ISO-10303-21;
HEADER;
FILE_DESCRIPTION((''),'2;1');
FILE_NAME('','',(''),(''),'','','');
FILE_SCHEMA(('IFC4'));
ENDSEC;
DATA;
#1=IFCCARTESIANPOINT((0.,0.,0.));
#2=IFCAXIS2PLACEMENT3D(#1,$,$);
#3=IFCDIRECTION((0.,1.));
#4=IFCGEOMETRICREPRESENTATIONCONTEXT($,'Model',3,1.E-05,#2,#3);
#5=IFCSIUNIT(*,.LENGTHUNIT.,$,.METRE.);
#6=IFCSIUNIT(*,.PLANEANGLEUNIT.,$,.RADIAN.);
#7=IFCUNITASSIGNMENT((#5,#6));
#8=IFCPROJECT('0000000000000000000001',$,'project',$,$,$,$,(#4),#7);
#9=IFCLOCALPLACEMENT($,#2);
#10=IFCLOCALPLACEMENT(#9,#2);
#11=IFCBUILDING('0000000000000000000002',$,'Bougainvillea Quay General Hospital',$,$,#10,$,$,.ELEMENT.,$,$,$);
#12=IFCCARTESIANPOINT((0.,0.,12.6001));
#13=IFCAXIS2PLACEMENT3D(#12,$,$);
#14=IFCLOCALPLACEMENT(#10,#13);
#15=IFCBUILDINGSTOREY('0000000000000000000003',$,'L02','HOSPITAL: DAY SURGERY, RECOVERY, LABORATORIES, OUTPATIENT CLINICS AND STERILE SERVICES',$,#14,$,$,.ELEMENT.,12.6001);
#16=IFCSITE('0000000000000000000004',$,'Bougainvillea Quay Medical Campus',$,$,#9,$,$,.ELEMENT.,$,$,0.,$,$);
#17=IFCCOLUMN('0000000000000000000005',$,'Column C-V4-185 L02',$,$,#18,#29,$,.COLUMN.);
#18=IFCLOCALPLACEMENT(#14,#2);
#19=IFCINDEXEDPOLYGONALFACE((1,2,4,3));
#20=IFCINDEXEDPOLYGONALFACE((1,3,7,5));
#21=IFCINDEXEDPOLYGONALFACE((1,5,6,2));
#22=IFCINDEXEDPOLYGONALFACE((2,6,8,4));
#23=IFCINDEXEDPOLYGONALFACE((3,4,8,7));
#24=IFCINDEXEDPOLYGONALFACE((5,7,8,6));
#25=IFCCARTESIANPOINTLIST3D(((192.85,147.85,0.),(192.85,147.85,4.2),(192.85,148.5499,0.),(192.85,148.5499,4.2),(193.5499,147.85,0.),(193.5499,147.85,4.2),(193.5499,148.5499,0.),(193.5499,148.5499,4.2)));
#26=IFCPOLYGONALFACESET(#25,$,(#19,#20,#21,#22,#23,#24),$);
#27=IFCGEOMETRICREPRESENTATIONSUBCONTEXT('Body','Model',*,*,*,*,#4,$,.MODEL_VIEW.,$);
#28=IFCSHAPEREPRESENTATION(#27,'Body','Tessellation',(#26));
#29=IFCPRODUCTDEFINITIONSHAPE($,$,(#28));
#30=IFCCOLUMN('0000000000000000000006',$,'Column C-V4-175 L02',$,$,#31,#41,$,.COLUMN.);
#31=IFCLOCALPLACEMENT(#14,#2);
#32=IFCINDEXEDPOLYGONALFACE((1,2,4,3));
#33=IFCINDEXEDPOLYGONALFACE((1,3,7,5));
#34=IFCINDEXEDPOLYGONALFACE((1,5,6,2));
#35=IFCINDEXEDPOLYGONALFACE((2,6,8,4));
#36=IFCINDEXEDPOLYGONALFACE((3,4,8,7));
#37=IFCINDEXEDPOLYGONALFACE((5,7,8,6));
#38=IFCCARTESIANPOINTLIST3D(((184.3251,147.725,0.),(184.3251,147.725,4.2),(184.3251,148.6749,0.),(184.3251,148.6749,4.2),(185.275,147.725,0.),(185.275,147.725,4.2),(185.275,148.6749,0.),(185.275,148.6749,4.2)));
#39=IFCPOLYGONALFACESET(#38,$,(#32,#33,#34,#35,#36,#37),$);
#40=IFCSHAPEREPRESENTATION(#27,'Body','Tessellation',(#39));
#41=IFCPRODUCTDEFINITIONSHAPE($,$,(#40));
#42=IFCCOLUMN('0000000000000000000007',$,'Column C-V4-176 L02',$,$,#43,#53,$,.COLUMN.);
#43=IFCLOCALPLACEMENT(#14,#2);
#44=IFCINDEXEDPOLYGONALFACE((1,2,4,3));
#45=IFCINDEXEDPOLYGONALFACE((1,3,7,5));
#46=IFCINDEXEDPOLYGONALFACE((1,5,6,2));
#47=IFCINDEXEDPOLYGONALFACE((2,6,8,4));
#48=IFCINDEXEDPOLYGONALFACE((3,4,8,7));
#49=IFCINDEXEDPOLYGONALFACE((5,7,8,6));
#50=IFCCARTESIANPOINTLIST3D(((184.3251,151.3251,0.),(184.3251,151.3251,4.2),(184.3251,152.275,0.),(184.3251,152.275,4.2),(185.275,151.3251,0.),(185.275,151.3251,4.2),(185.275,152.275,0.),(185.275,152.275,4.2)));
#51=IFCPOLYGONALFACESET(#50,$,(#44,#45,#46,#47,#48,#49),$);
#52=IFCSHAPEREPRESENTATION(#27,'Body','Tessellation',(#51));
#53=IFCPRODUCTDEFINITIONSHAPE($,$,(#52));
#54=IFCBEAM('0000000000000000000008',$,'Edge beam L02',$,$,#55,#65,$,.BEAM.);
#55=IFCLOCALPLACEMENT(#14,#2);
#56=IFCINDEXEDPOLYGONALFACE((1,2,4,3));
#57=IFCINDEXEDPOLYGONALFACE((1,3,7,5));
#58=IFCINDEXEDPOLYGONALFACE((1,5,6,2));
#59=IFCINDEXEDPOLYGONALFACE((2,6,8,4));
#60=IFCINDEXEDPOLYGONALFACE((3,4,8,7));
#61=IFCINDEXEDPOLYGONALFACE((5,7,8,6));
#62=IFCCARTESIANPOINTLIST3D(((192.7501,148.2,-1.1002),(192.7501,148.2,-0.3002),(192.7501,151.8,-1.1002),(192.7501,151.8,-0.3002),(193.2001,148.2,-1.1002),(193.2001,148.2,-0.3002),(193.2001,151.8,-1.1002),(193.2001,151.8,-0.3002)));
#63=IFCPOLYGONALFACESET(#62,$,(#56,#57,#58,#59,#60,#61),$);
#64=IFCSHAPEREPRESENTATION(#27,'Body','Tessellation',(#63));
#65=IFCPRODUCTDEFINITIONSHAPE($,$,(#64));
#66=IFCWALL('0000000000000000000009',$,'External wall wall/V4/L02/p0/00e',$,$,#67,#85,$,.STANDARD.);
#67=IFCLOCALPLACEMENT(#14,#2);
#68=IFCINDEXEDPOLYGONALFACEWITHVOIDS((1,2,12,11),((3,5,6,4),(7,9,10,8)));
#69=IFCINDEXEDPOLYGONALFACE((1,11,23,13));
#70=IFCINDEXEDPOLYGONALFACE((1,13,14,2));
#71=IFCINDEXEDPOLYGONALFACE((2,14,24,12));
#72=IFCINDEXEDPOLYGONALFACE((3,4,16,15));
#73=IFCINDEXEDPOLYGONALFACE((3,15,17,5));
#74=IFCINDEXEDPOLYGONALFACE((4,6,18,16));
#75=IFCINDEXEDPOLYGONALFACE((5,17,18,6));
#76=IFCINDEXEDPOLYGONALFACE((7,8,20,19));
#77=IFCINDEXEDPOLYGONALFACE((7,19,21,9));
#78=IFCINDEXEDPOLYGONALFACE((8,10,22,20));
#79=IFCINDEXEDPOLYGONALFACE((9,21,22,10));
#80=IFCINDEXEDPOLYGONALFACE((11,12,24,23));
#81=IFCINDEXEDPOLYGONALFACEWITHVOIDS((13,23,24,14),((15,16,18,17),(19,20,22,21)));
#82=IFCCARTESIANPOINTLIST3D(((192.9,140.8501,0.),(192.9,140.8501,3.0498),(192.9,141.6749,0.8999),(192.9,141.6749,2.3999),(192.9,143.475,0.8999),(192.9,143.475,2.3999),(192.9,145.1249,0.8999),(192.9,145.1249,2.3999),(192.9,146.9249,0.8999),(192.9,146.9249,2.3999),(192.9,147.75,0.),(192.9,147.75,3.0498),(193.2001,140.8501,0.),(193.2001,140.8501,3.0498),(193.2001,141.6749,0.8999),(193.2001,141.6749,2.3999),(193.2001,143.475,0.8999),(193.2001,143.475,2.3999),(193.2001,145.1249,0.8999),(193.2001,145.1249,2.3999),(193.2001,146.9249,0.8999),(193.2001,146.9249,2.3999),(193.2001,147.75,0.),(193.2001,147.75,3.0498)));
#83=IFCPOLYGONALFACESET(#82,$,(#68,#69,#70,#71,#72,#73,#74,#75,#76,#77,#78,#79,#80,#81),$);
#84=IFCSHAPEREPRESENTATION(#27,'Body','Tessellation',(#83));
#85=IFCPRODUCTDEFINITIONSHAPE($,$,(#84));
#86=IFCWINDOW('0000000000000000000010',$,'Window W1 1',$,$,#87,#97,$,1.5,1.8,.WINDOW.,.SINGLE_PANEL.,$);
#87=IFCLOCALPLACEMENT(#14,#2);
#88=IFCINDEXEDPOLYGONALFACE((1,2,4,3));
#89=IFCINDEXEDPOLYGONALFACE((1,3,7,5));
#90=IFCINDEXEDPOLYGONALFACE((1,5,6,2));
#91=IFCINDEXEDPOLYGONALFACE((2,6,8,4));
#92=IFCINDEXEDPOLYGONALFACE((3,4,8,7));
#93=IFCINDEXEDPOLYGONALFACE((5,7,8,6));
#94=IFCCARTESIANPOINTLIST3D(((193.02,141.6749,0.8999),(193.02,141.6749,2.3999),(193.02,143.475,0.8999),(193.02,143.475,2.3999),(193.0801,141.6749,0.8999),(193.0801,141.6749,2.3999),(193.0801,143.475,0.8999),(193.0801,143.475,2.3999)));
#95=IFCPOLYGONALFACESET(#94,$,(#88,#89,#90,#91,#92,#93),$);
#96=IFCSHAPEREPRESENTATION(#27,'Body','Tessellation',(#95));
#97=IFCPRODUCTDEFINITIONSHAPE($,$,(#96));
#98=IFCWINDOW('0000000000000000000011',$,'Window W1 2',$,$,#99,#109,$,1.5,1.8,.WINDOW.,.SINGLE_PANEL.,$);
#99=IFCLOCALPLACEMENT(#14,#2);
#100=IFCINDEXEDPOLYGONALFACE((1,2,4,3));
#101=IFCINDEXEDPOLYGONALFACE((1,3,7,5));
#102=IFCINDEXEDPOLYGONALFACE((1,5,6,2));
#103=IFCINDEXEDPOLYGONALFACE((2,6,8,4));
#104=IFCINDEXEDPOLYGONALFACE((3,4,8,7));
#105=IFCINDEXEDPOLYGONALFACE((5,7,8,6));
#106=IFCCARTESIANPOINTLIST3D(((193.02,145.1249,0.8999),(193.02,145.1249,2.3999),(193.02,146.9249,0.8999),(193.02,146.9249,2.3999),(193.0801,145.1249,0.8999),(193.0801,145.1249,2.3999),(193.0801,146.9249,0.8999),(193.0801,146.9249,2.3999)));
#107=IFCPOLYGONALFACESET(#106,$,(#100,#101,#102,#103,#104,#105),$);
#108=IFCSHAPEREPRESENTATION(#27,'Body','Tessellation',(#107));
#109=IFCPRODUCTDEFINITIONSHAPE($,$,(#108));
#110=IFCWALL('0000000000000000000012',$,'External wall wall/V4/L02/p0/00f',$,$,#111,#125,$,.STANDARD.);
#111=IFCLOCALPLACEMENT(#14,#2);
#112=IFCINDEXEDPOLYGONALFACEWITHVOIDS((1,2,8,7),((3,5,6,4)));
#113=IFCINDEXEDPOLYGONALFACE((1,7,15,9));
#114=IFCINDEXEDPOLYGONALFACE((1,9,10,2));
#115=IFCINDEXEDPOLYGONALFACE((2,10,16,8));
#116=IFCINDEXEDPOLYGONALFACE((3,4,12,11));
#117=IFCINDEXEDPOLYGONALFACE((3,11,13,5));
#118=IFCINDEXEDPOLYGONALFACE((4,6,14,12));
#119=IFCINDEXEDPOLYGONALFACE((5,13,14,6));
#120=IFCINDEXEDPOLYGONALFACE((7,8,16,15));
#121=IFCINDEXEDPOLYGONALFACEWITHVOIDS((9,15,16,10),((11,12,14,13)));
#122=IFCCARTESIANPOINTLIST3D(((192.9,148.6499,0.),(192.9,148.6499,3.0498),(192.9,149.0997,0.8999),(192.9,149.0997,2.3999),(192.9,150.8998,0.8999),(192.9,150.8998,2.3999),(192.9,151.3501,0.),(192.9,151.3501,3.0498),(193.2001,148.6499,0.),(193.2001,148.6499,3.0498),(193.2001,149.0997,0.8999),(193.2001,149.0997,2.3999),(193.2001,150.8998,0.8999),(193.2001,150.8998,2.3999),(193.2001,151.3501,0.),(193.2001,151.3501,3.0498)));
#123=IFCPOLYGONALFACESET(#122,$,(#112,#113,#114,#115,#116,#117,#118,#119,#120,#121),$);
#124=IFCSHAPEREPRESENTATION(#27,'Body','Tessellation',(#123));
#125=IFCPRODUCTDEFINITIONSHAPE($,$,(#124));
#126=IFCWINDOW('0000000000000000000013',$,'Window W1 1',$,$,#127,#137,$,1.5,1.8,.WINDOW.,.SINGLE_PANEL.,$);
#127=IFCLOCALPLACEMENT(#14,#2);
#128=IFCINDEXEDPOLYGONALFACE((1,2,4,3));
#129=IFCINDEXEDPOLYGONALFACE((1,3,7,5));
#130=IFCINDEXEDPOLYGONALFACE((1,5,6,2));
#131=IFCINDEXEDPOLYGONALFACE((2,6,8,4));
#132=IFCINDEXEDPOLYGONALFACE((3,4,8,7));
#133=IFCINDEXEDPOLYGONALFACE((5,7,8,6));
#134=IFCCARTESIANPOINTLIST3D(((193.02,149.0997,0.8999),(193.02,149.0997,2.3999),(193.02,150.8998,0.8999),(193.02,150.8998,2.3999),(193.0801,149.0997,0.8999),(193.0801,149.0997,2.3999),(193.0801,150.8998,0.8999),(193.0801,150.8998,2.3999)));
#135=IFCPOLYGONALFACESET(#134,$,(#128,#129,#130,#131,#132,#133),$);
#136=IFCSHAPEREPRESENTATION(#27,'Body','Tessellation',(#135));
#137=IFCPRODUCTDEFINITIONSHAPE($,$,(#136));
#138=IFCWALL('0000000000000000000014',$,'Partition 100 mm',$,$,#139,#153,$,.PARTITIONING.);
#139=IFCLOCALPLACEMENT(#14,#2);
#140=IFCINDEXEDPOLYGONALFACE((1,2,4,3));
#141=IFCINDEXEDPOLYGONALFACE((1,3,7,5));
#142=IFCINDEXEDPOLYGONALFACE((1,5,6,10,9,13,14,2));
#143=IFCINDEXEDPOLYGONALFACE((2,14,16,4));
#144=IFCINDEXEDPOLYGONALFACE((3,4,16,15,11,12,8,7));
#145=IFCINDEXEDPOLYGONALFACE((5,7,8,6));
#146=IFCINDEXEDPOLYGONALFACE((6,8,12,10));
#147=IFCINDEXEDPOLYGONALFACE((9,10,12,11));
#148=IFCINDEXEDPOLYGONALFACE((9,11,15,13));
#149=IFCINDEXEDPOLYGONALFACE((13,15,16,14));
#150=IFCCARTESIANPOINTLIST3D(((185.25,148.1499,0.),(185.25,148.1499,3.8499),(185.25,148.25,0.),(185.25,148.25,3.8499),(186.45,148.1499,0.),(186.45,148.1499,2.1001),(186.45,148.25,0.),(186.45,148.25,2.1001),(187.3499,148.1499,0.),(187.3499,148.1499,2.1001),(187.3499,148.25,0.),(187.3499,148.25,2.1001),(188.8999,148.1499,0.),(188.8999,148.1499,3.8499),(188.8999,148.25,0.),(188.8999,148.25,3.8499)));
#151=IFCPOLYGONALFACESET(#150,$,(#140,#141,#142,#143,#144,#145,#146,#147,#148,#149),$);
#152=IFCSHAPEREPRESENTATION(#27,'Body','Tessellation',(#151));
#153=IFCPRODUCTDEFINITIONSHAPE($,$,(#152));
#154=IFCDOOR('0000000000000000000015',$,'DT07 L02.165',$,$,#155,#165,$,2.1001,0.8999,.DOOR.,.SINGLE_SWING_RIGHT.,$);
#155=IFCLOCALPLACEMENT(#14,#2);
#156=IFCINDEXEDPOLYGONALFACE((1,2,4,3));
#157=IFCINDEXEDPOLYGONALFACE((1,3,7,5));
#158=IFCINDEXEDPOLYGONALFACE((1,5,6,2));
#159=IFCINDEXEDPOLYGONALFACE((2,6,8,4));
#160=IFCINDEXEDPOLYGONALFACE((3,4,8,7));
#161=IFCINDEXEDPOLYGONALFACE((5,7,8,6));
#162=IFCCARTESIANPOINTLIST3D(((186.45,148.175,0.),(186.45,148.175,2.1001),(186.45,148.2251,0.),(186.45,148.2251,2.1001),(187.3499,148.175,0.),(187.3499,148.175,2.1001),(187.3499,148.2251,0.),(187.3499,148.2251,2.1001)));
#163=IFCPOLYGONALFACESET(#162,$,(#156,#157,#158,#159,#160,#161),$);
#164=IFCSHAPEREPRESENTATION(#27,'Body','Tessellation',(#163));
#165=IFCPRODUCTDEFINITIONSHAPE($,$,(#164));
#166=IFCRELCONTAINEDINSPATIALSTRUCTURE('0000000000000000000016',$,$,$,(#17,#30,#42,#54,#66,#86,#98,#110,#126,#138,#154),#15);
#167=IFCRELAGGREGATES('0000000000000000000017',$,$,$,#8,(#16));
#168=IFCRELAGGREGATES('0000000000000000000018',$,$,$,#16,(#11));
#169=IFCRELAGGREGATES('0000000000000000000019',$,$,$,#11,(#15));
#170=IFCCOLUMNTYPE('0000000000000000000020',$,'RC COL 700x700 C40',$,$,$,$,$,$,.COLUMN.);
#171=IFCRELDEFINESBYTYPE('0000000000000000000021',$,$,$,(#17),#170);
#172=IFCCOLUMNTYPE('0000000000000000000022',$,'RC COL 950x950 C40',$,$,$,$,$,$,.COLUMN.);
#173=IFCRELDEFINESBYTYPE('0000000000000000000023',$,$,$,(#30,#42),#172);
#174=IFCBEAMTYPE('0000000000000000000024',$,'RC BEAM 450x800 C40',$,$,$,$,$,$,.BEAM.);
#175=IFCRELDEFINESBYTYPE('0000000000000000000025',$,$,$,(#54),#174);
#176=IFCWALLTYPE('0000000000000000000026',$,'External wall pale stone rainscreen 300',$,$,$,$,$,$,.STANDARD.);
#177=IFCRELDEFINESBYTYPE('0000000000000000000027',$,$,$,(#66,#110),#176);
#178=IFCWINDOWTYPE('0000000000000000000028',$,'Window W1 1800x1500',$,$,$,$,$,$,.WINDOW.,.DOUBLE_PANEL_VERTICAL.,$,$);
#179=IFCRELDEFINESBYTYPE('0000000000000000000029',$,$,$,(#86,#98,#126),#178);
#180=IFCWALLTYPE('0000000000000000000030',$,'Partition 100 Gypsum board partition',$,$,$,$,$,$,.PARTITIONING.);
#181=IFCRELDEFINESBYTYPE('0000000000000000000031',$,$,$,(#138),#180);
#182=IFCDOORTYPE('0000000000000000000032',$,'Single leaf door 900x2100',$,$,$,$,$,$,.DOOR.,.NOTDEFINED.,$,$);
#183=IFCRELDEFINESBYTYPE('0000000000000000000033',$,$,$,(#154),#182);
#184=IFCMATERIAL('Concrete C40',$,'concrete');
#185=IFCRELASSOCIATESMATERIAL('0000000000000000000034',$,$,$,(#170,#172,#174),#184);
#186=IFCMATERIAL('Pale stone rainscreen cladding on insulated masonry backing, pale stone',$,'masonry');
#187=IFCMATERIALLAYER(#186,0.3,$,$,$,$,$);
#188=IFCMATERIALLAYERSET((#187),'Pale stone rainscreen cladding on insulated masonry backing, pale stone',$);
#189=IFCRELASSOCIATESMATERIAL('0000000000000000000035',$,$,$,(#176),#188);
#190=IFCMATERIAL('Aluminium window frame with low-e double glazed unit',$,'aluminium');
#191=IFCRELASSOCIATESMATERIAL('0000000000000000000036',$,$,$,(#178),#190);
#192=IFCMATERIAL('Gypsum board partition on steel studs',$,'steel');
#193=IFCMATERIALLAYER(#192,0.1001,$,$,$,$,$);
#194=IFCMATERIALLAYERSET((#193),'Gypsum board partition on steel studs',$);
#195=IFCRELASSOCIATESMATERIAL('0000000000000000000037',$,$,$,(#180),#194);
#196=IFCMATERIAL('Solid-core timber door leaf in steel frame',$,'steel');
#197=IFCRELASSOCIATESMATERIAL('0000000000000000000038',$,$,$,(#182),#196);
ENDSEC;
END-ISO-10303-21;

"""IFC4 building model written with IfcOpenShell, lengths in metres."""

from ifc_helpers import new_model, si_unit, direction, frame, frame_2d, origin, origin_2d, place, context, subcontext, project, spatial, rectangle, extrude, material, layer, layer_set, material_profile, profile_set, type_object, element, fill, save


model = new_model("IFC4")

# Units and contexts
model_context = context("Model", 3, precision=1e-05, world=origin(), true_north=direction((0.0, 1.0)))
body_context = subcontext(model_context, "Body", "Model", "MODEL_VIEW")
ifc_project = project(units=[si_unit("LENGTHUNIT", "METRE"), si_unit("PLANEANGLEUNIT", "RADIAN")], contexts=[model_context])

# Site, building, storey
site_placement = place(None, origin())
site = spatial("IfcSite", under=ifc_project, at=site_placement, Name="Bougainvillea Quay Medical Campus", CompositionType="ELEMENT", RefElevation=0.0)
building_placement = place(site_placement, origin())
building = spatial("IfcBuilding", under=site, at=building_placement, Name="Bougainvillea Quay General Hospital", CompositionType="ELEMENT")
storey_placement = place(building_placement, frame((0.0, 0.0, 12.6001)))
storey = spatial("IfcBuildingStorey", under=building, at=storey_placement, Name="L02", Description="HOSPITAL: DAY SURGERY, RECOVERY, LABORATORIES, OUTPATIENT CLINICS AND STERILE SERVICES", CompositionType="ELEMENT", Elevation=12.6001)

# Columns
ifc_material_1 = material(Name="Concrete C40", Category="concrete")
ifc_material_profile_1 = material_profile(ifc_material_1, rectangle(XDim=0.7, YDim=0.7, at=origin_2d()))
ifc_profile_set_1 = profile_set([ifc_material_profile_1], Name="Concrete C40")
column_type_1 = type_object("IfcColumnType", Name="RC COL 700x700 C40", PredefinedType="COLUMN", material=ifc_profile_set_1)
column_placement = place(storey_placement, frame((193.2, 148.2, 0.0), z_axis=(0.0, 0.0, 1.0), x_axis=(1.0, 0.0, 0.0)))
element("IfcColumn", 1, at=column_placement, inside=storey, type_object=column_type_1, Name="Column C-V4-185 L02", PredefinedType="COLUMN", context=body_context, shape_type="SweptSolid", body=[
    extrude(rectangle(XDim=0.7, YDim=0.7, at=origin_2d()), origin(), (0.0, 0.0, 1.0), 4.2),
])
ifc_material_profile_2 = material_profile(ifc_material_1, rectangle(XDim=0.95, YDim=0.95, at=origin_2d()))
ifc_profile_set_2 = profile_set([ifc_material_profile_2], Name="Concrete C40")
column_type_2 = type_object("IfcColumnType", Name="RC COL 950x950 C40", PredefinedType="COLUMN", material=ifc_profile_set_2)
for number, where, z_axis, x_axis, name in (
    (2, (184.8, 148.2, 0.0), (0.0, 0.0, 1.0), (1.0, 0.0, 0.0), "Column C-V4-175 L02"),
    (3, (184.8, 151.8, 0.0), (0.0, 0.0, 1.0), (1.0, 0.0, 0.0), "Column C-V4-176 L02"),
):
    element("IfcColumn", number, at=place(storey_placement, frame(where, z_axis=z_axis, x_axis=x_axis)), inside=storey, type_object=column_type_2, Name=name, PredefinedType="COLUMN", context=body_context, shape_type="SweptSolid", body=[
        extrude(rectangle(XDim=0.95, YDim=0.95, at=origin_2d()), origin(), (0.0, 0.0, 1.0), 4.2),
    ])

# Beam
ifc_material_profile_3 = material_profile(ifc_material_1, rectangle(XDim=0.45, YDim=0.8, at=origin_2d()))
ifc_profile_set_3 = profile_set([ifc_material_profile_3], Name="Concrete C40")
beam_type = type_object("IfcBeamType", Name="RC BEAM 450x800 C40", PredefinedType="BEAM", material=ifc_profile_set_3)
beam_placement = place(storey_placement, frame((192.9751, 148.2, -0.7002), z_axis=(0.0, 1.0, 0.0), x_axis=(-1.0, 0.0, 0.0)))
element("IfcBeam", 4, at=beam_placement, inside=storey, type_object=beam_type, Name="Edge beam L02", PredefinedType="BEAM", context=body_context, shape_type="SweptSolid", body=[
    extrude(rectangle(XDim=0.45, YDim=0.8, at=origin_2d()), origin(), (0.0, 0.0, 1.0), 3.6001),
])

# Wall, openings, windows
ifc_material_2 = material(Name="Pale stone rainscreen cladding on insulated masonry backing, pale stone", Category="masonry")
ifc_layer_1 = layer(ifc_material_2, 0.3)
ifc_layer_set_1 = layer_set([ifc_layer_1], Name="Pale stone rainscreen cladding on insulated masonry backing, pale stone")
wall_type_1 = type_object("IfcWallType", Name="External wall pale stone rainscreen 300", PredefinedType="STANDARD", material=ifc_layer_set_1)
wall_1_placement = place(storey_placement, frame((193.05, 140.8501, 0.0), z_axis=(0.0, 0.0, 1.0), x_axis=(0.0, 1.0, 0.0)))
wall_1 = element("IfcWall", 5, at=wall_1_placement, inside=storey, type_object=wall_type_1, Name="External wall wall/V4/L02/p0/00e", PredefinedType="STANDARD", context=body_context, shape_type="SweptSolid", body=[
    extrude(rectangle(XDim=6.8999, YDim=0.3, at=frame_2d((3.45, 0.0))), origin(), (0.0, 0.0, 1.0), 3.0498),
])
opening_1_placement = place(wall_1_placement, frame((0.825, 0.0, 0.8999)))
opening_1 = element("IfcOpeningElement", 6, at=opening_1_placement, cuts=wall_1, PredefinedType="OPENING", context=body_context, shape_type="SweptSolid", body=[
    extrude(rectangle(XDim=1.8, YDim=1.5, at=frame_2d((0.8999, 0.75))), frame((0.0, 0.1599, 0.0), z_axis=(0.0, -1.0, 0.0), x_axis=(1.0, 0.0, 0.0)), (0.0, 0.0, 1.0), 0.3201),
])
opening_2_placement = place(wall_1_placement, frame((4.2749, 0.0, 0.8999)))
opening_2 = element("IfcOpeningElement", 7, at=opening_2_placement, cuts=wall_1, PredefinedType="OPENING", context=body_context, shape_type="SweptSolid", body=[
    extrude(rectangle(XDim=1.8, YDim=1.5, at=frame_2d((0.8999, 0.75))), frame((0.0, 0.1599, 0.0), z_axis=(0.0, -1.0, 0.0), x_axis=(1.0, 0.0, 0.0)), (0.0, 0.0, 1.0), 0.3201),
])
ifc_material_3 = material(Name="Aluminium window frame with low-e double glazed unit", Category="aluminium")
window_type = type_object("IfcWindowType", Name="Window W1 1800x1500", PartitioningType="DOUBLE_PANEL_VERTICAL", PredefinedType="WINDOW", material=ifc_material_3)
window_1_placement = place(opening_1_placement, origin())
window_1 = element("IfcWindow", 8, at=window_1_placement, inside=storey, type_object=window_type, Name="Window W1 1", OverallHeight=1.5, OverallWidth=1.8, PartitioningType="SINGLE_PANEL", PredefinedType="WINDOW", context=body_context, shape_type="SweptSolid", body=[
    extrude(rectangle(XDim=1.8, YDim=1.5, at=frame_2d((0.8999, 0.75))), frame((0.0, 0.03, 0.0), z_axis=(0.0, -1.0, 0.0), x_axis=(1.0, 0.0, 0.0)), (0.0, 0.0, 1.0), 0.0601),
])
fill(opening_1, window_1)
window_2_placement = place(opening_2_placement, origin())
window_2 = element("IfcWindow", 9, at=window_2_placement, inside=storey, type_object=window_type, Name="Window W1 2", OverallHeight=1.5, OverallWidth=1.8, PartitioningType="SINGLE_PANEL", PredefinedType="WINDOW", context=body_context, shape_type="SweptSolid", body=[
    extrude(rectangle(XDim=1.8, YDim=1.5, at=frame_2d((0.8999, 0.75))), frame((0.0, 0.03, 0.0), z_axis=(0.0, -1.0, 0.0), x_axis=(1.0, 0.0, 0.0)), (0.0, 0.0, 1.0), 0.0601),
])
fill(opening_2, window_2)

# Wall, opening, window
wall_2_placement = place(storey_placement, frame((193.05, 148.6499, 0.0), z_axis=(0.0, 0.0, 1.0), x_axis=(0.0, 1.0, 0.0)))
wall_2 = element("IfcWall", 10, at=wall_2_placement, inside=storey, type_object=wall_type_1, Name="External wall wall/V4/L02/p0/00f", PredefinedType="STANDARD", context=body_context, shape_type="SweptSolid", body=[
    extrude(rectangle(XDim=2.7002, YDim=0.3, at=frame_2d((1.3501, 0.0))), origin(), (0.0, 0.0, 1.0), 3.0498),
])
opening_3_placement = place(wall_2_placement, frame((0.45, 0.0, 0.8999)))
opening_3 = element("IfcOpeningElement", 11, at=opening_3_placement, cuts=wall_2, PredefinedType="OPENING", context=body_context, shape_type="SweptSolid", body=[
    extrude(rectangle(XDim=1.8, YDim=1.5, at=frame_2d((0.8999, 0.75))), frame((0.0, 0.1599, 0.0), z_axis=(0.0, -1.0, 0.0), x_axis=(1.0, 0.0, 0.0)), (0.0, 0.0, 1.0), 0.3201),
])
window_3_placement = place(opening_3_placement, origin())
window_3 = element("IfcWindow", 12, at=window_3_placement, inside=storey, type_object=window_type, Name="Window W1 1", OverallHeight=1.5, OverallWidth=1.8, PartitioningType="SINGLE_PANEL", PredefinedType="WINDOW", context=body_context, shape_type="SweptSolid", body=[
    extrude(rectangle(XDim=1.8, YDim=1.5, at=frame_2d((0.8999, 0.75))), frame((0.0, 0.03, 0.0), z_axis=(0.0, -1.0, 0.0), x_axis=(1.0, 0.0, 0.0)), (0.0, 0.0, 1.0), 0.0601),
])
fill(opening_3, window_3)

# Wall, opening, door
ifc_material_4 = material(Name="Gypsum board partition on steel studs", Category="steel")
ifc_layer_2 = layer(ifc_material_4, 0.1001)
ifc_layer_set_2 = layer_set([ifc_layer_2], Name="Gypsum board partition on steel studs")
wall_type_2 = type_object("IfcWallType", Name="Partition 100 Gypsum board partition", PredefinedType="PARTITIONING", material=ifc_layer_set_2)
wall_3_placement = place(storey_placement, frame((188.8999, 148.2, 0.0), z_axis=(0.0, 0.0, 1.0), x_axis=(-1.0, 0.0, 0.0)))
wall_3 = element("IfcWall", 13, at=wall_3_placement, inside=storey, type_object=wall_type_2, Name="Partition 100 mm", PredefinedType="PARTITIONING", context=body_context, shape_type="SweptSolid", body=[
    extrude(rectangle(XDim=3.6499, YDim=0.1001, at=frame_2d((1.825, 0.0))), origin(), (0.0, 0.0, 1.0), 3.8499),
])
opening_4_placement = place(wall_3_placement, frame((1.55, 0.0, 0.0)))
opening_4 = element("IfcOpeningElement", 14, at=opening_4_placement, cuts=wall_3, PredefinedType="OPENING", context=body_context, shape_type="SweptSolid", body=[
    extrude(rectangle(XDim=0.8999, YDim=2.1001, at=frame_2d((0.45, 1.05))), frame((0.0, 0.0601, 0.0), z_axis=(0.0, -1.0, 0.0), x_axis=(1.0, 0.0, 0.0)), (0.0, 0.0, 1.0), 0.1201),
])
ifc_material_5 = material(Name="Solid-core timber door leaf in steel frame", Category="steel")
door_type_1 = type_object("IfcDoorType", Name="Single leaf door 900x2100", OperationType="NOTDEFINED", PredefinedType="DOOR", material=ifc_material_5)
door_1_placement = place(opening_4_placement, origin())
door_1 = element("IfcDoor", 15, at=door_1_placement, inside=storey, type_object=door_type_1, Name="DT07 L02.165", OperationType="SINGLE_SWING_RIGHT", OverallHeight=2.1001, OverallWidth=0.8999, PredefinedType="DOOR", context=body_context, shape_type="SweptSolid", body=[
    extrude(rectangle(XDim=0.8999, YDim=2.1001, at=frame_2d((0.45, 1.05))), frame((0.0, 0.0249, 0.0), z_axis=(0.0, -1.0, 0.0), x_axis=(1.0, 0.0, 0.0)), (0.0, 0.0, 1.0), 0.05),
])
fill(opening_4, door_1)

save(model, "model.ifc")
